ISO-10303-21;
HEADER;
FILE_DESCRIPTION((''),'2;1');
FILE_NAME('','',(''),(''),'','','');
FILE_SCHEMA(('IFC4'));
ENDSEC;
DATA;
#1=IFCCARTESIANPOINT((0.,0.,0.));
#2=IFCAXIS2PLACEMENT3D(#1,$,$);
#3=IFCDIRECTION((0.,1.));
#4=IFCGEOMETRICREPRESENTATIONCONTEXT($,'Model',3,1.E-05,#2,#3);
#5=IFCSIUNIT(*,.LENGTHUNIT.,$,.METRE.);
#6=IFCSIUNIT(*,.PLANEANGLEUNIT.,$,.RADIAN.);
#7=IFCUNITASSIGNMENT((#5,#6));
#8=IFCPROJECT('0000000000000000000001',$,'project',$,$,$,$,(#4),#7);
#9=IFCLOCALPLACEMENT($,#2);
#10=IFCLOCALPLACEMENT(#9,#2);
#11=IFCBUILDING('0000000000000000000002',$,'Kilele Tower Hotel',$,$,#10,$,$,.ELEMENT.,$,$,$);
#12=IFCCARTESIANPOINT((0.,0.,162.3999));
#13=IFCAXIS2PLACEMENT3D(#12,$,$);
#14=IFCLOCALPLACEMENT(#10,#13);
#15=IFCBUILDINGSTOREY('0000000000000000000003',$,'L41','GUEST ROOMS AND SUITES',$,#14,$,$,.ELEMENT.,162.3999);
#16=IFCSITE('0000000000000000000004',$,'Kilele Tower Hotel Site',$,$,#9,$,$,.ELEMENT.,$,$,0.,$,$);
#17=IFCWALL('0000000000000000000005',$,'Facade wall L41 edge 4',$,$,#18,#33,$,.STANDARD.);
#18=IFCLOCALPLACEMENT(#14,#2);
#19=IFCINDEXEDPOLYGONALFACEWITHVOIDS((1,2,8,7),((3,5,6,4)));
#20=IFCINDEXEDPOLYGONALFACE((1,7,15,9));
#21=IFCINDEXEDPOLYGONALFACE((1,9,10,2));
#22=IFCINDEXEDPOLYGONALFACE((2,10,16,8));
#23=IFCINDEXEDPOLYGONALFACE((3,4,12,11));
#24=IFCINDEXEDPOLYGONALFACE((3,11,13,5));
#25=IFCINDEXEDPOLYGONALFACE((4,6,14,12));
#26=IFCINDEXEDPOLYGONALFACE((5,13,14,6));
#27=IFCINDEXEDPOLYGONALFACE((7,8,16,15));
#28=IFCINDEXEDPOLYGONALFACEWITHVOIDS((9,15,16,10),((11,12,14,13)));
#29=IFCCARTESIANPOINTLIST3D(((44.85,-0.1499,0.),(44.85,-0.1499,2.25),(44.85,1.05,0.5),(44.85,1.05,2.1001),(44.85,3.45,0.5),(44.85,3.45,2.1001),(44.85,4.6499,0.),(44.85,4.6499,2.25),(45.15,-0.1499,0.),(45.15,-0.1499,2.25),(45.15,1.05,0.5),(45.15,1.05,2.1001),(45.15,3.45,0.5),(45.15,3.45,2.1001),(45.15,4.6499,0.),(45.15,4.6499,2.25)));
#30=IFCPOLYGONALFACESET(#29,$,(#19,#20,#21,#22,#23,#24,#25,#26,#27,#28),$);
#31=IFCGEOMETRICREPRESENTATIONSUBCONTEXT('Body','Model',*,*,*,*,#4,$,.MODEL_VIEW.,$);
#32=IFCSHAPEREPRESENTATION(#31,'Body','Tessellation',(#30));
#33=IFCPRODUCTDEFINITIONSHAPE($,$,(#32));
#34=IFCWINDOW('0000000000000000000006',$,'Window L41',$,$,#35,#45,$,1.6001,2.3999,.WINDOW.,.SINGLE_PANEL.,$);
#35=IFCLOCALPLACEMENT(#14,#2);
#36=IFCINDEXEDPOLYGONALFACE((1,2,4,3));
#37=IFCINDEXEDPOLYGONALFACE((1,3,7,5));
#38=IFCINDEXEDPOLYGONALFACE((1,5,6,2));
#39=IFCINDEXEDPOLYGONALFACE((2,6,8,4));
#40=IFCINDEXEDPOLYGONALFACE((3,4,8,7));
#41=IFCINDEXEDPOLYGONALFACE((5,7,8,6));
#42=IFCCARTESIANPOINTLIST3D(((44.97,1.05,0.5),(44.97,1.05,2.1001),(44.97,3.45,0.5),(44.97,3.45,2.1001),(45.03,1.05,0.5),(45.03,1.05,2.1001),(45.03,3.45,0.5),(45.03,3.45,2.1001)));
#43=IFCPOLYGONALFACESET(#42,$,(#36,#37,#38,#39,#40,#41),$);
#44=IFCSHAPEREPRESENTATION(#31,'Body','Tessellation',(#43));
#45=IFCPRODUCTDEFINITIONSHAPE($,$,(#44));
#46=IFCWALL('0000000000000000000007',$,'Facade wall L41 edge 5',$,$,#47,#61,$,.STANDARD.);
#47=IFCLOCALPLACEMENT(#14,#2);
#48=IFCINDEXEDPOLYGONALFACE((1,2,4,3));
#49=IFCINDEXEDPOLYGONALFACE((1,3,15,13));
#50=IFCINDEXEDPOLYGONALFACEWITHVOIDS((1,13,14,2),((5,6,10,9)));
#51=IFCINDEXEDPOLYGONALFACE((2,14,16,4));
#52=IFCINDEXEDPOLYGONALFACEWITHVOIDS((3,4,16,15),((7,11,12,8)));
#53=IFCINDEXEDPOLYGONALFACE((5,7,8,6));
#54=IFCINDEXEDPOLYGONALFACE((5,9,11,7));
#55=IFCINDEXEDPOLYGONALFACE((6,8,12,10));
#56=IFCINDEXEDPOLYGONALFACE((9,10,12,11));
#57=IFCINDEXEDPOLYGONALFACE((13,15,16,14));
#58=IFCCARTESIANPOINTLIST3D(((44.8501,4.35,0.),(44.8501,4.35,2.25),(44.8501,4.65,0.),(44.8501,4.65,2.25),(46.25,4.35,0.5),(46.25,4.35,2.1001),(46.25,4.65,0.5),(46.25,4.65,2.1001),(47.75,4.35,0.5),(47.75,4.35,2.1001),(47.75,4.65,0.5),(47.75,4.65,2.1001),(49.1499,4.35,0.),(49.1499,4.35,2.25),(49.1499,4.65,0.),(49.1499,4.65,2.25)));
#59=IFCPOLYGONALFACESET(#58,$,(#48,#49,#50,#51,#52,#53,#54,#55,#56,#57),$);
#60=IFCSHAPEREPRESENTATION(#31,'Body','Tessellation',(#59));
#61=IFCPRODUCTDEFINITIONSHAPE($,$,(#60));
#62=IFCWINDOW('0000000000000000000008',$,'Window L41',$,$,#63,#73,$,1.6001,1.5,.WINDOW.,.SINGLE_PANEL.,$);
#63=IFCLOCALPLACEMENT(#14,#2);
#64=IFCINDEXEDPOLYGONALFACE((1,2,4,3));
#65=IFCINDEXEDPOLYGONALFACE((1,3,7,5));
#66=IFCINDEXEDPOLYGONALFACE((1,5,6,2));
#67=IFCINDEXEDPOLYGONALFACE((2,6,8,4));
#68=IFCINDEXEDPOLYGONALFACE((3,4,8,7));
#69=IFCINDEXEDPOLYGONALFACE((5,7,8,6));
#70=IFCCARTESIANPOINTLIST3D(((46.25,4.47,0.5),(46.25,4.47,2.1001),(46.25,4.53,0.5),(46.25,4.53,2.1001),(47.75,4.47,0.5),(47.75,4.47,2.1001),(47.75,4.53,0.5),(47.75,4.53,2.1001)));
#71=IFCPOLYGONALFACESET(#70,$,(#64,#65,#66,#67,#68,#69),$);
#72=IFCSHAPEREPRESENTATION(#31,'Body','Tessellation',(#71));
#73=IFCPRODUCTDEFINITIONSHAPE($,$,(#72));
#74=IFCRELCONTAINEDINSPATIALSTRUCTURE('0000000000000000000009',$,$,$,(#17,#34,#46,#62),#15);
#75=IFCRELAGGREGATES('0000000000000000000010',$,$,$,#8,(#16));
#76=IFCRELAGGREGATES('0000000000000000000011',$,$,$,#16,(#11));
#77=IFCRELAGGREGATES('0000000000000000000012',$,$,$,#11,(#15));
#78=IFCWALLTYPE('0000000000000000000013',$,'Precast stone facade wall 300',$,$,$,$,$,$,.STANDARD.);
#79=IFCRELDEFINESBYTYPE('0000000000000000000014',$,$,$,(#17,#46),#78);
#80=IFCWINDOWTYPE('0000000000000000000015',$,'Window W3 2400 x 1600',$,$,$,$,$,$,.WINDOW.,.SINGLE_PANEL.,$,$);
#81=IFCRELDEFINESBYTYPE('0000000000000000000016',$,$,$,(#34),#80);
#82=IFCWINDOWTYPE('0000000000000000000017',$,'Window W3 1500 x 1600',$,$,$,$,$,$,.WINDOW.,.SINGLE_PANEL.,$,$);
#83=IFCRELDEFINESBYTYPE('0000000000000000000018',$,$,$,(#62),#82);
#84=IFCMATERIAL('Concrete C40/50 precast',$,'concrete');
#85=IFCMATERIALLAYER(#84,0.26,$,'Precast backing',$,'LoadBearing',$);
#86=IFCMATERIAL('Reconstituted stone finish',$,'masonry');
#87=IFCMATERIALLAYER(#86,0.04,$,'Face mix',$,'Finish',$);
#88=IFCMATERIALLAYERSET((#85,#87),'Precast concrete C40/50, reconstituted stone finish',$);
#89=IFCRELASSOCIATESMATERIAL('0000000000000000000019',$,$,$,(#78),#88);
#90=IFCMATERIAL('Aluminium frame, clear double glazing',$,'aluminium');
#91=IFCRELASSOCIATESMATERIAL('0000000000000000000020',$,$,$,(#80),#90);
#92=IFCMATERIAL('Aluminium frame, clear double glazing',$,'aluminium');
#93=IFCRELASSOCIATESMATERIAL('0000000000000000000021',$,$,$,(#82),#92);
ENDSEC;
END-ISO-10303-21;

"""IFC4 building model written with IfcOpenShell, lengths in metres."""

from ifc_helpers import new_model, si_unit, direction, frame, frame_2d, origin, place, context, subcontext, project, spatial, rectangle, extrude, material, layer, layer_set, type_object, element, fill, save


model = new_model("IFC4")

# Units and contexts
model_context = context("Model", 3, precision=1e-05, world=origin(), true_north=direction((0.0, 1.0)))
body_context = subcontext(model_context, "Body", "Model", "MODEL_VIEW")
ifc_project = project(units=[si_unit("LENGTHUNIT", "METRE"), si_unit("PLANEANGLEUNIT", "RADIAN")], contexts=[model_context])

# Site, building, storey
site_placement = place(None, origin())
site = spatial("IfcSite", under=ifc_project, at=site_placement, Name="Kilele Tower Hotel Site", CompositionType="ELEMENT", RefElevation=0.0)
building_placement = place(site_placement, origin())
building = spatial("IfcBuilding", under=site, at=building_placement, Name="Kilele Tower Hotel", CompositionType="ELEMENT")
storey_placement = place(building_placement, frame((0.0, 0.0, 162.3999)))
storey = spatial("IfcBuildingStorey", under=building, at=storey_placement, Name="L41", Description="GUEST ROOMS AND SUITES", CompositionType="ELEMENT", Elevation=162.3999)

# Walls, openings, windows
ifc_material_1 = material(Name="Concrete C40/50 precast", Category="concrete")
ifc_layer_1 = layer(ifc_material_1, 0.26, Name="Precast backing", Category="LoadBearing")
ifc_material_2 = material(Name="Reconstituted stone finish", Category="masonry")
ifc_layer_2 = layer(ifc_material_2, 0.04, Name="Face mix", Category="Finish")
ifc_layer_set_1 = layer_set([ifc_layer_1, ifc_layer_2], Name="Precast concrete C40/50, reconstituted stone finish")
wall_type_1 = type_object("IfcWallType", Name="Precast stone facade wall 300", PredefinedType="STANDARD", material=ifc_layer_set_1)
wall_1_placement = place(storey_placement, frame((45.0, -0.1499, 0.0), z_axis=(0.0, 0.0, 1.0), x_axis=(0.0, 1.0, 0.0)))
wall_1 = element("IfcWall", 1, at=wall_1_placement, inside=storey, type_object=wall_type_1, Name="Facade wall L41 edge 4", PredefinedType="STANDARD", context=body_context, shape_type="SweptSolid", body=[
    extrude(rectangle(XDim=4.7998, YDim=0.3, at=frame_2d((2.3999, 0.0))), origin(), (0.0, 0.0, 1.0), 2.25),
])
opening_1_placement = place(wall_1_placement, frame((1.2, 0.0, 0.5)))
opening_1 = element("IfcOpeningElement", 2, at=opening_1_placement, cuts=wall_1, PredefinedType="OPENING", context=body_context, shape_type="SweptSolid", body=[
    extrude(rectangle(XDim=2.3999, YDim=1.6001, at=frame_2d((1.2, 0.8))), frame((0.0, 0.1599, 0.0), z_axis=(0.0, -1.0, 0.0), x_axis=(1.0, 0.0, 0.0)), (0.0, 0.0, 1.0), 0.3201),
])
ifc_material_3 = material(Name="Aluminium frame, clear double glazing", Category="aluminium")
window_type_1 = type_object("IfcWindowType", Name="Window W3 2400 x 1600", PartitioningType="SINGLE_PANEL", PredefinedType="WINDOW", material=ifc_material_3)
window_1_placement = place(opening_1_placement, origin())
window_1 = element("IfcWindow", 3, at=window_1_placement, inside=storey, type_object=window_type_1, Name="Window L41", OverallHeight=1.6001, OverallWidth=2.3999, PartitioningType="SINGLE_PANEL", PredefinedType="WINDOW", context=body_context, shape_type="SweptSolid", body=[
    extrude(rectangle(XDim=2.3999, YDim=1.6001, at=frame_2d((1.2, 0.8))), frame((0.0, 0.03, 0.0), z_axis=(0.0, -1.0, 0.0), x_axis=(1.0, 0.0, 0.0)), (0.0, 0.0, 1.0), 0.0601),
])
fill(opening_1, window_1)
wall_2_placement = place(storey_placement, frame((44.8501, 4.5, 0.0), z_axis=(0.0, 0.0, 1.0), x_axis=(1.0, 0.0, 0.0)))
wall_2 = element("IfcWall", 4, at=wall_2_placement, inside=storey, type_object=wall_type_1, Name="Facade wall L41 edge 5", PredefinedType="STANDARD", context=body_context, shape_type="SweptSolid", body=[
    extrude(rectangle(XDim=4.2998, YDim=0.3, at=frame_2d((2.1499, 0.0))), origin(), (0.0, 0.0, 1.0), 2.25),
])
opening_2_placement = place(wall_2_placement, frame((1.3999, 0.0, 0.5)))
opening_2 = element("IfcOpeningElement", 5, at=opening_2_placement, cuts=wall_2, PredefinedType="OPENING", context=body_context, shape_type="SweptSolid", body=[
    extrude(rectangle(XDim=1.5, YDim=1.6001, at=frame_2d((0.75, 0.8))), frame((0.0, 0.1599, 0.0), z_axis=(0.0, -1.0, 0.0), x_axis=(1.0, 0.0, 0.0)), (0.0, 0.0, 1.0), 0.3201),
])
ifc_material_4 = material(Name="Aluminium frame, clear double glazing", Category="aluminium")
window_type_2 = type_object("IfcWindowType", Name="Window W3 1500 x 1600", PartitioningType="SINGLE_PANEL", PredefinedType="WINDOW", material=ifc_material_4)
window_2_placement = place(opening_2_placement, origin())
window_2 = element("IfcWindow", 6, at=window_2_placement, inside=storey, type_object=window_type_2, Name="Window L41", OverallHeight=1.6001, OverallWidth=1.5, PartitioningType="SINGLE_PANEL", PredefinedType="WINDOW", context=body_context, shape_type="SweptSolid", body=[
    extrude(rectangle(XDim=1.5, YDim=1.6001, at=frame_2d((0.75, 0.8))), frame((0.0, 0.03, 0.0), z_axis=(0.0, -1.0, 0.0), x_axis=(1.0, 0.0, 0.0)), (0.0, 0.0, 1.0), 0.0601),
])
fill(opening_2, window_2)

save(model, "model.ifc")
